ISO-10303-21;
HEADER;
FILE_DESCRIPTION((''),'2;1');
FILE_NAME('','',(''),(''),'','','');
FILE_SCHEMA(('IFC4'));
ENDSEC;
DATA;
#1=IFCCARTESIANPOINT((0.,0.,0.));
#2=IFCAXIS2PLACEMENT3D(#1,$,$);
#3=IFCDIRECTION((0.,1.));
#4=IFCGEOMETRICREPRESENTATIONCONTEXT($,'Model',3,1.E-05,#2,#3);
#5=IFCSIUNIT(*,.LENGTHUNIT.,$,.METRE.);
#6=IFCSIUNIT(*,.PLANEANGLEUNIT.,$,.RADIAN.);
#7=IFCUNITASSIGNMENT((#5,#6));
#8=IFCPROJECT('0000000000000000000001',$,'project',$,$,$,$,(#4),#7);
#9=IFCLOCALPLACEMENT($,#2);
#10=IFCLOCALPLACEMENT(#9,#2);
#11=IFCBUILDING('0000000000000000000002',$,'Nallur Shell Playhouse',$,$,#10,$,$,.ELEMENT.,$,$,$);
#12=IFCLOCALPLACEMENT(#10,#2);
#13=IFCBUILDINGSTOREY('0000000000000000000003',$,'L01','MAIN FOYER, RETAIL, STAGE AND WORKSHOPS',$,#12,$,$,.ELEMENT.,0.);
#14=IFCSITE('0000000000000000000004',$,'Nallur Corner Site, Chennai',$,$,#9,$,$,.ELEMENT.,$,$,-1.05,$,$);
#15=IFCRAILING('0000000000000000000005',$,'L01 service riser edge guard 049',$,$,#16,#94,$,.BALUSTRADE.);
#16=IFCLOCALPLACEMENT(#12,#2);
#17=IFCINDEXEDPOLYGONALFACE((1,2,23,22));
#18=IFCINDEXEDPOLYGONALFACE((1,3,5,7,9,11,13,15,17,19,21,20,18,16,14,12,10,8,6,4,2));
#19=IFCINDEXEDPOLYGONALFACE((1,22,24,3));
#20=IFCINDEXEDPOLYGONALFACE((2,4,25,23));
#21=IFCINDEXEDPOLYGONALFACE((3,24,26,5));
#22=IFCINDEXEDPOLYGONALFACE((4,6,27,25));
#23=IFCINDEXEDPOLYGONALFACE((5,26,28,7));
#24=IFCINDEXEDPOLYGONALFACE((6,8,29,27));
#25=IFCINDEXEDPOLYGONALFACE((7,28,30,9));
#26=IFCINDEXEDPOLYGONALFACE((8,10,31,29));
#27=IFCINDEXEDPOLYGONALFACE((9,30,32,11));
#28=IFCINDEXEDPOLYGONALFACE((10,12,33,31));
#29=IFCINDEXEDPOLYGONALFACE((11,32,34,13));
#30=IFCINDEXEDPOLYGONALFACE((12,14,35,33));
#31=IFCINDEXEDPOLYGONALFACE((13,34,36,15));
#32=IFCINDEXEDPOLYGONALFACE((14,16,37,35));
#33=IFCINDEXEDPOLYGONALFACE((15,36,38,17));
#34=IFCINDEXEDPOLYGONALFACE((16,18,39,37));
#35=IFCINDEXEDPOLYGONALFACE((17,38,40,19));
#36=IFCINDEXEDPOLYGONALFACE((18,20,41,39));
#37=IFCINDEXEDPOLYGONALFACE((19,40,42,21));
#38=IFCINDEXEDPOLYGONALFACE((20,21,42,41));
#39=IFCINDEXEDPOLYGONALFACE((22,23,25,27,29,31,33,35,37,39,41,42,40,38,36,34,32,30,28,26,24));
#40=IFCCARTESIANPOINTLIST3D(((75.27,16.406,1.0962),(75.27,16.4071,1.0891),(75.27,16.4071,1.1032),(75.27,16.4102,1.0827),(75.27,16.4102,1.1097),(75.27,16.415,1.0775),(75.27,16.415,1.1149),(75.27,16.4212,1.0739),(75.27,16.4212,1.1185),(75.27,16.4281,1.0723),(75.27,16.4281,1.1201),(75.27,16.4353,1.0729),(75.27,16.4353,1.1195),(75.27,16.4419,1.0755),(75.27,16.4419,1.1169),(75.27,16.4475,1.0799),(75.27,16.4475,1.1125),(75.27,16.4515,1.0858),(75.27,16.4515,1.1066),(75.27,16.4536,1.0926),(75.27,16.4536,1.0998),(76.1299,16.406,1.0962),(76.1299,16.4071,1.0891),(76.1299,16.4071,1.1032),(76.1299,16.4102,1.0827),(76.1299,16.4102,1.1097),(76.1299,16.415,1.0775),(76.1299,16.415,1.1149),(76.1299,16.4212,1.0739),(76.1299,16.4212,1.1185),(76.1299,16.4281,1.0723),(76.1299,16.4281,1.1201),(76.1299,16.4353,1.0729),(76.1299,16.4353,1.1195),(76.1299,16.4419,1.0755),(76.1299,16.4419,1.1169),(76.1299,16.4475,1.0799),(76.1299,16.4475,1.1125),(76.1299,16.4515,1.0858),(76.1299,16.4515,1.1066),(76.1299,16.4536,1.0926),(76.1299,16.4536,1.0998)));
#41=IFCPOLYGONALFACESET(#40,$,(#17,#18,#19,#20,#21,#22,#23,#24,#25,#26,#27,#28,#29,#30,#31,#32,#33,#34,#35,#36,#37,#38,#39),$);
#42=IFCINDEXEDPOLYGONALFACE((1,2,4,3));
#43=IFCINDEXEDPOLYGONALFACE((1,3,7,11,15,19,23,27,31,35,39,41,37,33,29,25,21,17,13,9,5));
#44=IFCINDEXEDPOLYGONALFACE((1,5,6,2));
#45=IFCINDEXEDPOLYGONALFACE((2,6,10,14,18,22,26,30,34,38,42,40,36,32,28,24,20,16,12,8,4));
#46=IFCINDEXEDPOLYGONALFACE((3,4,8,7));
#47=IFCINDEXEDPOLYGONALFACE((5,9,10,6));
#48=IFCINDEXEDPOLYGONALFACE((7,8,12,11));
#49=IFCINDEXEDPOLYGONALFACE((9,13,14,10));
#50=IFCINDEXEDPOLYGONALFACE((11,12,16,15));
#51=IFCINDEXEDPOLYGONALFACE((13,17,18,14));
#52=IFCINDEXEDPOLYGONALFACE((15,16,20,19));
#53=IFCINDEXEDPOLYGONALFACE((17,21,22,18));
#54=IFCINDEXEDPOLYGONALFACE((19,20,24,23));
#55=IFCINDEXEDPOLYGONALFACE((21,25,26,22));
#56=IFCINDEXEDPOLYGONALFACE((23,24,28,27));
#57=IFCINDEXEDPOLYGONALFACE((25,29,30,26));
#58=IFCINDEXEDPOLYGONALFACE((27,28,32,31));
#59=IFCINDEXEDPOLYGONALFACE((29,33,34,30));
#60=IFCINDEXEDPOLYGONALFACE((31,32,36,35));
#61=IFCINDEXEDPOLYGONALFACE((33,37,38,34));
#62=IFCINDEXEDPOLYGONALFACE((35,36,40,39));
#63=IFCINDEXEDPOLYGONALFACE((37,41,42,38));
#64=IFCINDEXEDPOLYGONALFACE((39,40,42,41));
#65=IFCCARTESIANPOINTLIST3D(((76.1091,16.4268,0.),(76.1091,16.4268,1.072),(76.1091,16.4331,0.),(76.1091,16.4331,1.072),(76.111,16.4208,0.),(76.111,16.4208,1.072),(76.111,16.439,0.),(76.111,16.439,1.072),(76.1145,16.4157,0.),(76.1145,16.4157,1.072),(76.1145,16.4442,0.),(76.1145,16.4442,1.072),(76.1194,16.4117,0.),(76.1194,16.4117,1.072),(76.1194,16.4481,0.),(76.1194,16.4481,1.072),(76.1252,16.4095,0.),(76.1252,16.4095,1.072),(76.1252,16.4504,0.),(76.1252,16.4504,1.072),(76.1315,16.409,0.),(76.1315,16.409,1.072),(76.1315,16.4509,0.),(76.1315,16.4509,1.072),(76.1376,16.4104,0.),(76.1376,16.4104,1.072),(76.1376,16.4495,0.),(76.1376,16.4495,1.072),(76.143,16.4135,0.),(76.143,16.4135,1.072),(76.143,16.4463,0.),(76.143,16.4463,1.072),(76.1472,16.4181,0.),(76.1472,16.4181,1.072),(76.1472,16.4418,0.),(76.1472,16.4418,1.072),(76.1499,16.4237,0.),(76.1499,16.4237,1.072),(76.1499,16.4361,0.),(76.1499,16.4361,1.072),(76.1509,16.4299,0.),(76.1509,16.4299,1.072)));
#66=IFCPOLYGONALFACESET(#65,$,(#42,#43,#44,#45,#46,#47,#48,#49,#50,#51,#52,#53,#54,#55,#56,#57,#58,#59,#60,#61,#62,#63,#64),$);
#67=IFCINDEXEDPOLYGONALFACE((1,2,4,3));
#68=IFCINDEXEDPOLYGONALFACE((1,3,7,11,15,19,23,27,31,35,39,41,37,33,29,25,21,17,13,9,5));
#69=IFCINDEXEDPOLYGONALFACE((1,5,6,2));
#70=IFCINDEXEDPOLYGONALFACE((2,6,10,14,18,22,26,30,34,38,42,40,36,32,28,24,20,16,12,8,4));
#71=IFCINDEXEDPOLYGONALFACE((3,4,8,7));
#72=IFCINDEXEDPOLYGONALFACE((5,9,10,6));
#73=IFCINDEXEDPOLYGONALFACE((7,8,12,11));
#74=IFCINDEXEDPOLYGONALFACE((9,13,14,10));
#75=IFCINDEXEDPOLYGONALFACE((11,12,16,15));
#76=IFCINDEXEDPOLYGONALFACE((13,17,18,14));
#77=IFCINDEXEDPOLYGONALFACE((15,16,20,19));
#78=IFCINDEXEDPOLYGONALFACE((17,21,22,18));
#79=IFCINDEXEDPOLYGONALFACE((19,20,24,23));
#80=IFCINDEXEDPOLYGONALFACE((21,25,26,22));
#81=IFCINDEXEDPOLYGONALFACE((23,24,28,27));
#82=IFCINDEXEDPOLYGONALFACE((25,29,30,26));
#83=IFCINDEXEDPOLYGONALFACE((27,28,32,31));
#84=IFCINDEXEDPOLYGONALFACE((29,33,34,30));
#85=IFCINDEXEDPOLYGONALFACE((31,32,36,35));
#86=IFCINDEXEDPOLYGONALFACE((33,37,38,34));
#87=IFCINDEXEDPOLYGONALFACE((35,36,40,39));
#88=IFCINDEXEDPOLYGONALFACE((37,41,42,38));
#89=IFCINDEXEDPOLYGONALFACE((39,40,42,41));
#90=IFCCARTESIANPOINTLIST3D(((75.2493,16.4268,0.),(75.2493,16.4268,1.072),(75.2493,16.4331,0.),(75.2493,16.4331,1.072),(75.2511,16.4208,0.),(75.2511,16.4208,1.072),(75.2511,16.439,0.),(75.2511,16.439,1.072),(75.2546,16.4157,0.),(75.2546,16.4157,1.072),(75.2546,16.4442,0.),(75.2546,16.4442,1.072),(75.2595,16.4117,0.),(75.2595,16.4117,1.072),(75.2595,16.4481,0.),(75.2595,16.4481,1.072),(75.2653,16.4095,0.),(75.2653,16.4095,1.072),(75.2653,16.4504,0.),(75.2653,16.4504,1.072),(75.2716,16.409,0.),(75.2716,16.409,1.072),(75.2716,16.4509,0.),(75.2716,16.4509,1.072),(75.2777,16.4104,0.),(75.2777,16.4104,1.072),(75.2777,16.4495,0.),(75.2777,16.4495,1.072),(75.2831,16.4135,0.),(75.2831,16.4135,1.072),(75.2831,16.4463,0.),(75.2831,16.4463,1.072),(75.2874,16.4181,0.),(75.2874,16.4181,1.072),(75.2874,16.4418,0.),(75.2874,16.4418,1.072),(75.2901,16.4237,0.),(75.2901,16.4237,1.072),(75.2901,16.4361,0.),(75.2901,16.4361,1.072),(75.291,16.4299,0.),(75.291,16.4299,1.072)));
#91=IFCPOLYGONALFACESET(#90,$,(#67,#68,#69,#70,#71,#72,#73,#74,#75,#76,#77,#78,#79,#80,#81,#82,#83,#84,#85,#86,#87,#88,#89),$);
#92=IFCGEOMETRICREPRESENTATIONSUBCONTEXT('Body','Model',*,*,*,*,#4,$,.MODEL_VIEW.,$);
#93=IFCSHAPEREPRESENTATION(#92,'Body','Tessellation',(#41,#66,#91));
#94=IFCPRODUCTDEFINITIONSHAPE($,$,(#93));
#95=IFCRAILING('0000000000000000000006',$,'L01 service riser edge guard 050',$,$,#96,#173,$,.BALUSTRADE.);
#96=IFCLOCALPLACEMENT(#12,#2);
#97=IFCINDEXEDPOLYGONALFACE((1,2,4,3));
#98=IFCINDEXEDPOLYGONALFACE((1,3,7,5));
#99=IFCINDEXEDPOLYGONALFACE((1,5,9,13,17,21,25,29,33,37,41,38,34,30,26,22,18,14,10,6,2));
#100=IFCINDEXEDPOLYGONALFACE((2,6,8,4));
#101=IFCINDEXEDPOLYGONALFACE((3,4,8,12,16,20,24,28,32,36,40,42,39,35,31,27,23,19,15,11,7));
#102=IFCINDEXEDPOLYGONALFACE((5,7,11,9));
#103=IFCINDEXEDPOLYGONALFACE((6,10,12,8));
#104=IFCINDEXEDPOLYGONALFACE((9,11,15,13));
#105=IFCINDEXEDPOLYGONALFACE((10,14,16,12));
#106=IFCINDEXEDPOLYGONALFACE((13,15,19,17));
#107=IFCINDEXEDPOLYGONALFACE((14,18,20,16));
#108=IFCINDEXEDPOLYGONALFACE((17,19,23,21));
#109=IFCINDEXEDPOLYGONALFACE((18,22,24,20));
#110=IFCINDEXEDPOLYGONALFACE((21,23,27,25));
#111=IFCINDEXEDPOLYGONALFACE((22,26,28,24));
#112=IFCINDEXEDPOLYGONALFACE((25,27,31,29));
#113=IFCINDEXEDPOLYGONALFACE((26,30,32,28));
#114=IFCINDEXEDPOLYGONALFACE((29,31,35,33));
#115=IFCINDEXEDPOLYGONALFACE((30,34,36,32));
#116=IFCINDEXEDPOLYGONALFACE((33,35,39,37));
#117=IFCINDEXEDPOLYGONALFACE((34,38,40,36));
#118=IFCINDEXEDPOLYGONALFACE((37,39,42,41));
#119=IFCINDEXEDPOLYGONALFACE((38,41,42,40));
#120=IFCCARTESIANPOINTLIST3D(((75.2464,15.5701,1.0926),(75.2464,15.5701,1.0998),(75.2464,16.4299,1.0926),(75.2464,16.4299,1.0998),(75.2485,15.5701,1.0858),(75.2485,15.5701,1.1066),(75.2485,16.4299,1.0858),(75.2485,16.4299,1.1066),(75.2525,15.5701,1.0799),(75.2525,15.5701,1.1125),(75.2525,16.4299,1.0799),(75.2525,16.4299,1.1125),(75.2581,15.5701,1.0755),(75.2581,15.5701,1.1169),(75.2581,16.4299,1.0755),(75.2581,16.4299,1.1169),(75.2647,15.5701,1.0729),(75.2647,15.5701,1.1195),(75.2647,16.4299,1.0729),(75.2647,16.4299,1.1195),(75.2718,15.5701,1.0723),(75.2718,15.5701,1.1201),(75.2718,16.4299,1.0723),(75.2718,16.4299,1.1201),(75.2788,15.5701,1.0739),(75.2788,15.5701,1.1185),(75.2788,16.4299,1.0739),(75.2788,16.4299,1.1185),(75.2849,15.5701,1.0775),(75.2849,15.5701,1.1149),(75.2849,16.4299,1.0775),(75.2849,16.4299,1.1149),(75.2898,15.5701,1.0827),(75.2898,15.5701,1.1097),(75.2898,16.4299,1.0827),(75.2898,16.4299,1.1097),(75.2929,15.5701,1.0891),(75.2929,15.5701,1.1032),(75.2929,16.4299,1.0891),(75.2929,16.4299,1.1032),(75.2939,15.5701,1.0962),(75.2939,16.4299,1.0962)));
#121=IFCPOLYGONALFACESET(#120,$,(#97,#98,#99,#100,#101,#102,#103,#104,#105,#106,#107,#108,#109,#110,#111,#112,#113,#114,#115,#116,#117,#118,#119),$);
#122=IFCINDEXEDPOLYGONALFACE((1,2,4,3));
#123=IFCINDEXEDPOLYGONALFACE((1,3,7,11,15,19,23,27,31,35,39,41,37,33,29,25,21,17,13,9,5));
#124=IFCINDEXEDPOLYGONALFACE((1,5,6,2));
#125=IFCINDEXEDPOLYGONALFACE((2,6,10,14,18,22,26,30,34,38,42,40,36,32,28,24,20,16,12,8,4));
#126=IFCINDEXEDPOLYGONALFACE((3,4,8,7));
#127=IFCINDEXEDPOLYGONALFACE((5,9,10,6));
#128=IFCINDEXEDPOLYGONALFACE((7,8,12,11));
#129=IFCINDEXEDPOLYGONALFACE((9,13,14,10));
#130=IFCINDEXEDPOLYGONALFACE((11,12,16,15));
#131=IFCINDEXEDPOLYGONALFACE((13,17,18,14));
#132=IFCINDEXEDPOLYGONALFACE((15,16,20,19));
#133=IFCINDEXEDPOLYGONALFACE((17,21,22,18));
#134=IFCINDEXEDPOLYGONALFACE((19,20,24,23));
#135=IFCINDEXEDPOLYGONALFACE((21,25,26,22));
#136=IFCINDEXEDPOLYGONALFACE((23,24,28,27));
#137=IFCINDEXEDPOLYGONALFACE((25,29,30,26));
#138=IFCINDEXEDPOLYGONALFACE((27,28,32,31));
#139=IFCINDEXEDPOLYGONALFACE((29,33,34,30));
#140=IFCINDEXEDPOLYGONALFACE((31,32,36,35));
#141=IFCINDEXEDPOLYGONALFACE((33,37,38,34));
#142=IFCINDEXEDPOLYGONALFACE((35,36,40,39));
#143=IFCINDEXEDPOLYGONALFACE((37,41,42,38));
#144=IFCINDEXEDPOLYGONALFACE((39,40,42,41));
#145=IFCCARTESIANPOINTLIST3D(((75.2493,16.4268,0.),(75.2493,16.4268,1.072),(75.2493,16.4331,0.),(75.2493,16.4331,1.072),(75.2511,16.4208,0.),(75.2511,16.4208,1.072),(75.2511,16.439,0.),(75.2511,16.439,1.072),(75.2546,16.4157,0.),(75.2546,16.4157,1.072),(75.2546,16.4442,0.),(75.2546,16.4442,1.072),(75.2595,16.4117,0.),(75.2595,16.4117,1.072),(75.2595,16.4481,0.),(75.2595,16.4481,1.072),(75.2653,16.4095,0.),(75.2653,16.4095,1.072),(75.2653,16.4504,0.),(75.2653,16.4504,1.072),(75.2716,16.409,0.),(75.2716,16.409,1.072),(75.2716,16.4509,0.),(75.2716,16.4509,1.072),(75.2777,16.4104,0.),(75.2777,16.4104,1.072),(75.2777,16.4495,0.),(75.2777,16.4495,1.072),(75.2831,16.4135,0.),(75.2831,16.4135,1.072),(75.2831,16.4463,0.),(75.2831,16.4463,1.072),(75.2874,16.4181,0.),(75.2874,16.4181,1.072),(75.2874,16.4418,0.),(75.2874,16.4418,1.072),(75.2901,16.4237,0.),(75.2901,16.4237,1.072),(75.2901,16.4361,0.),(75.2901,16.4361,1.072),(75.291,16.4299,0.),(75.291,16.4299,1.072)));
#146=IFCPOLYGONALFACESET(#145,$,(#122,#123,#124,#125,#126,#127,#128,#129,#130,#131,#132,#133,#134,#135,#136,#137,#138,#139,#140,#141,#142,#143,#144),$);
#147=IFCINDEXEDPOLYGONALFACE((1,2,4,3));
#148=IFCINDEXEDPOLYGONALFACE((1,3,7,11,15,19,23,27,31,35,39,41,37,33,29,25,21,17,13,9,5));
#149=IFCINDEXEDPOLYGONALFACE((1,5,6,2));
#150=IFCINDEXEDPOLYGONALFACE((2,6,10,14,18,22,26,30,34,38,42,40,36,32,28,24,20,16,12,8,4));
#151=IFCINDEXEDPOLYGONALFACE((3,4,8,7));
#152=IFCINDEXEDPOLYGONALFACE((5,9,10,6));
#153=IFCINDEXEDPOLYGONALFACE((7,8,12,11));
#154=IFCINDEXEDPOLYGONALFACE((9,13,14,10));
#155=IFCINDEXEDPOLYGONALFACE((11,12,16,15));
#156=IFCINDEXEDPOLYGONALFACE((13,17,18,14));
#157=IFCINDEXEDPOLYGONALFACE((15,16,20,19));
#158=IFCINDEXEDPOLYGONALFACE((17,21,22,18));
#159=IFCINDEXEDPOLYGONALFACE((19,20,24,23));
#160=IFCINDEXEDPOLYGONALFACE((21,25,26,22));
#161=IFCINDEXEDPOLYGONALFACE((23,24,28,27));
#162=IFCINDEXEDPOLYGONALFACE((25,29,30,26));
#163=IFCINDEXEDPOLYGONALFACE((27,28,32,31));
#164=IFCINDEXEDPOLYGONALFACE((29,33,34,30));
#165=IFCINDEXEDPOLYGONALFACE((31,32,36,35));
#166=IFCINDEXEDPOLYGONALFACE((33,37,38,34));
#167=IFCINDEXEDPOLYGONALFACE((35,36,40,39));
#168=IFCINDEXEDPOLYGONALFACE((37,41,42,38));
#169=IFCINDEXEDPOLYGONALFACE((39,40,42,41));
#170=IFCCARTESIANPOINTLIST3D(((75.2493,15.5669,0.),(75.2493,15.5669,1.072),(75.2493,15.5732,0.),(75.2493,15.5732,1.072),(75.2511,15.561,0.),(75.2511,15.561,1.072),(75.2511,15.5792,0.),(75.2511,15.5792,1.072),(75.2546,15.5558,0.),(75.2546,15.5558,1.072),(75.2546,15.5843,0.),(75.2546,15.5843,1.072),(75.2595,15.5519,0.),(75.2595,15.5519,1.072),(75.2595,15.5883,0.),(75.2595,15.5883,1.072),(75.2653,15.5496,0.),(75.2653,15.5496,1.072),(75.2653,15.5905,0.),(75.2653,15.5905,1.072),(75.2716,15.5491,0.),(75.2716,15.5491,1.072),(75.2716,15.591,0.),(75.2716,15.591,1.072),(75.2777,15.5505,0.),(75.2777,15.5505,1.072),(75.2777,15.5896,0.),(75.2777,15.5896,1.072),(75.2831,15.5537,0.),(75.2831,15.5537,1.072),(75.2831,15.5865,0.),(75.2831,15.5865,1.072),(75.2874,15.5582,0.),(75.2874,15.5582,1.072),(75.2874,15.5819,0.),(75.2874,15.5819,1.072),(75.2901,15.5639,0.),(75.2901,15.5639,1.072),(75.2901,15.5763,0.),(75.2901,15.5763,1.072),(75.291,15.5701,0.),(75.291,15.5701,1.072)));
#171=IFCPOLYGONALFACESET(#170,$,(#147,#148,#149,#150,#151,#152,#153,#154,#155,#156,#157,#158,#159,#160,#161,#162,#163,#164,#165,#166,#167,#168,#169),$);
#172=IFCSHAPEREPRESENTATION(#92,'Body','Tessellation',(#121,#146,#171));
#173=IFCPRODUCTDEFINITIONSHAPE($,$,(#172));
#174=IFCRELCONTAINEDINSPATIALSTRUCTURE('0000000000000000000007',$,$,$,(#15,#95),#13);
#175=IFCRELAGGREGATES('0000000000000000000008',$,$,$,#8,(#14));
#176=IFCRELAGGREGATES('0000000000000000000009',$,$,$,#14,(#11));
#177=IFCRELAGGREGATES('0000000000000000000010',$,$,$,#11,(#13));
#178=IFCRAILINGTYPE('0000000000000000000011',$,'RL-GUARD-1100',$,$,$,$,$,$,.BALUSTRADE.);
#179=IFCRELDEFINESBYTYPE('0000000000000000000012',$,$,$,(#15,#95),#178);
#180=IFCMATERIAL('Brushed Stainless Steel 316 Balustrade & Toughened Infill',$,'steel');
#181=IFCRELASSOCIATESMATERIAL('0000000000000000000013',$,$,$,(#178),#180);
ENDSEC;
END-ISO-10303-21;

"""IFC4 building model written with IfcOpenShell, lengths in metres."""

from ifc_helpers import new_model, si_unit, direction, frame, origin, origin_2d, place, context, subcontext, project, spatial, circle, extrude, material, type_object, element, save


model = new_model("IFC4")

# Units and contexts
model_context = context("Model", 3, precision=1e-05, world=origin(), true_north=direction((0.0, 1.0)))
body_context = subcontext(model_context, "Body", "Model", "MODEL_VIEW")
ifc_project = project(units=[si_unit("LENGTHUNIT", "METRE"), si_unit("PLANEANGLEUNIT", "RADIAN")], contexts=[model_context])

# Site, building, storey
site_placement = place(None, origin())
site = spatial("IfcSite", under=ifc_project, at=site_placement, Name="Nallur Corner Site, Chennai", CompositionType="ELEMENT", RefElevation=-1.05)
building_placement = place(site_placement, origin())
building = spatial("IfcBuilding", under=site, at=building_placement, Name="Nallur Shell Playhouse", CompositionType="ELEMENT")
storey_placement = place(building_placement, origin())
storey = spatial("IfcBuildingStorey", under=building, at=storey_placement, Name="L01", Description="MAIN FOYER, RETAIL, STAGE AND WORKSHOPS", CompositionType="ELEMENT", Elevation=0.0)

# Railings
ifc_material_1 = material(Name="Brushed Stainless Steel 316 Balustrade & Toughened Infill", Category="steel")
railing_type = type_object("IfcRailingType", Name="RL-GUARD-1100", PredefinedType="BALUSTRADE", material=ifc_material_1)
railing_1_placement = place(storey_placement, frame((76.1299, 16.4299, 0.0)))
element("IfcRailing", 1, at=railing_1_placement, inside=storey, type_object=railing_type, Name="L01 service riser edge guard 049", PredefinedType="BALUSTRADE", context=body_context, shape_type="SweptSolid", body=[
    extrude(circle(Radius=0.0239, at=origin_2d()), frame((0.0, 0.0, 1.0962), z_axis=(-1.0, 0.0, 0.0), x_axis=(0.0, -1.0, 0.0)), (0.0, 0.0, 1.0), 0.8599),
    extrude(circle(Radius=0.021, at=origin_2d()), origin(), (0.0, 0.0, 1.0), 1.072),
    extrude(circle(Radius=0.021, at=origin_2d()), frame((-0.8599, 0.0, 0.0)), (0.0, 0.0, 1.0), 1.072),
])
railing_2_placement = place(storey_placement, frame((75.27, 16.4299, 0.0)))
element("IfcRailing", 2, at=railing_2_placement, inside=storey, type_object=railing_type, Name="L01 service riser edge guard 050", PredefinedType="BALUSTRADE", context=body_context, shape_type="SweptSolid", body=[
    extrude(circle(Radius=0.0239, at=origin_2d()), frame((0.0, 0.0, 1.0962), z_axis=(0.0, -1.0, 0.0), x_axis=(1.0, 0.0, 0.0)), (0.0, 0.0, 1.0), 0.8599),
    extrude(circle(Radius=0.021, at=origin_2d()), origin(), (0.0, 0.0, 1.0), 1.072),
    extrude(circle(Radius=0.021, at=origin_2d()), frame((0.0, -0.8599, 0.0)), (0.0, 0.0, 1.0), 1.072),
])

save(model, "model.ifc")
